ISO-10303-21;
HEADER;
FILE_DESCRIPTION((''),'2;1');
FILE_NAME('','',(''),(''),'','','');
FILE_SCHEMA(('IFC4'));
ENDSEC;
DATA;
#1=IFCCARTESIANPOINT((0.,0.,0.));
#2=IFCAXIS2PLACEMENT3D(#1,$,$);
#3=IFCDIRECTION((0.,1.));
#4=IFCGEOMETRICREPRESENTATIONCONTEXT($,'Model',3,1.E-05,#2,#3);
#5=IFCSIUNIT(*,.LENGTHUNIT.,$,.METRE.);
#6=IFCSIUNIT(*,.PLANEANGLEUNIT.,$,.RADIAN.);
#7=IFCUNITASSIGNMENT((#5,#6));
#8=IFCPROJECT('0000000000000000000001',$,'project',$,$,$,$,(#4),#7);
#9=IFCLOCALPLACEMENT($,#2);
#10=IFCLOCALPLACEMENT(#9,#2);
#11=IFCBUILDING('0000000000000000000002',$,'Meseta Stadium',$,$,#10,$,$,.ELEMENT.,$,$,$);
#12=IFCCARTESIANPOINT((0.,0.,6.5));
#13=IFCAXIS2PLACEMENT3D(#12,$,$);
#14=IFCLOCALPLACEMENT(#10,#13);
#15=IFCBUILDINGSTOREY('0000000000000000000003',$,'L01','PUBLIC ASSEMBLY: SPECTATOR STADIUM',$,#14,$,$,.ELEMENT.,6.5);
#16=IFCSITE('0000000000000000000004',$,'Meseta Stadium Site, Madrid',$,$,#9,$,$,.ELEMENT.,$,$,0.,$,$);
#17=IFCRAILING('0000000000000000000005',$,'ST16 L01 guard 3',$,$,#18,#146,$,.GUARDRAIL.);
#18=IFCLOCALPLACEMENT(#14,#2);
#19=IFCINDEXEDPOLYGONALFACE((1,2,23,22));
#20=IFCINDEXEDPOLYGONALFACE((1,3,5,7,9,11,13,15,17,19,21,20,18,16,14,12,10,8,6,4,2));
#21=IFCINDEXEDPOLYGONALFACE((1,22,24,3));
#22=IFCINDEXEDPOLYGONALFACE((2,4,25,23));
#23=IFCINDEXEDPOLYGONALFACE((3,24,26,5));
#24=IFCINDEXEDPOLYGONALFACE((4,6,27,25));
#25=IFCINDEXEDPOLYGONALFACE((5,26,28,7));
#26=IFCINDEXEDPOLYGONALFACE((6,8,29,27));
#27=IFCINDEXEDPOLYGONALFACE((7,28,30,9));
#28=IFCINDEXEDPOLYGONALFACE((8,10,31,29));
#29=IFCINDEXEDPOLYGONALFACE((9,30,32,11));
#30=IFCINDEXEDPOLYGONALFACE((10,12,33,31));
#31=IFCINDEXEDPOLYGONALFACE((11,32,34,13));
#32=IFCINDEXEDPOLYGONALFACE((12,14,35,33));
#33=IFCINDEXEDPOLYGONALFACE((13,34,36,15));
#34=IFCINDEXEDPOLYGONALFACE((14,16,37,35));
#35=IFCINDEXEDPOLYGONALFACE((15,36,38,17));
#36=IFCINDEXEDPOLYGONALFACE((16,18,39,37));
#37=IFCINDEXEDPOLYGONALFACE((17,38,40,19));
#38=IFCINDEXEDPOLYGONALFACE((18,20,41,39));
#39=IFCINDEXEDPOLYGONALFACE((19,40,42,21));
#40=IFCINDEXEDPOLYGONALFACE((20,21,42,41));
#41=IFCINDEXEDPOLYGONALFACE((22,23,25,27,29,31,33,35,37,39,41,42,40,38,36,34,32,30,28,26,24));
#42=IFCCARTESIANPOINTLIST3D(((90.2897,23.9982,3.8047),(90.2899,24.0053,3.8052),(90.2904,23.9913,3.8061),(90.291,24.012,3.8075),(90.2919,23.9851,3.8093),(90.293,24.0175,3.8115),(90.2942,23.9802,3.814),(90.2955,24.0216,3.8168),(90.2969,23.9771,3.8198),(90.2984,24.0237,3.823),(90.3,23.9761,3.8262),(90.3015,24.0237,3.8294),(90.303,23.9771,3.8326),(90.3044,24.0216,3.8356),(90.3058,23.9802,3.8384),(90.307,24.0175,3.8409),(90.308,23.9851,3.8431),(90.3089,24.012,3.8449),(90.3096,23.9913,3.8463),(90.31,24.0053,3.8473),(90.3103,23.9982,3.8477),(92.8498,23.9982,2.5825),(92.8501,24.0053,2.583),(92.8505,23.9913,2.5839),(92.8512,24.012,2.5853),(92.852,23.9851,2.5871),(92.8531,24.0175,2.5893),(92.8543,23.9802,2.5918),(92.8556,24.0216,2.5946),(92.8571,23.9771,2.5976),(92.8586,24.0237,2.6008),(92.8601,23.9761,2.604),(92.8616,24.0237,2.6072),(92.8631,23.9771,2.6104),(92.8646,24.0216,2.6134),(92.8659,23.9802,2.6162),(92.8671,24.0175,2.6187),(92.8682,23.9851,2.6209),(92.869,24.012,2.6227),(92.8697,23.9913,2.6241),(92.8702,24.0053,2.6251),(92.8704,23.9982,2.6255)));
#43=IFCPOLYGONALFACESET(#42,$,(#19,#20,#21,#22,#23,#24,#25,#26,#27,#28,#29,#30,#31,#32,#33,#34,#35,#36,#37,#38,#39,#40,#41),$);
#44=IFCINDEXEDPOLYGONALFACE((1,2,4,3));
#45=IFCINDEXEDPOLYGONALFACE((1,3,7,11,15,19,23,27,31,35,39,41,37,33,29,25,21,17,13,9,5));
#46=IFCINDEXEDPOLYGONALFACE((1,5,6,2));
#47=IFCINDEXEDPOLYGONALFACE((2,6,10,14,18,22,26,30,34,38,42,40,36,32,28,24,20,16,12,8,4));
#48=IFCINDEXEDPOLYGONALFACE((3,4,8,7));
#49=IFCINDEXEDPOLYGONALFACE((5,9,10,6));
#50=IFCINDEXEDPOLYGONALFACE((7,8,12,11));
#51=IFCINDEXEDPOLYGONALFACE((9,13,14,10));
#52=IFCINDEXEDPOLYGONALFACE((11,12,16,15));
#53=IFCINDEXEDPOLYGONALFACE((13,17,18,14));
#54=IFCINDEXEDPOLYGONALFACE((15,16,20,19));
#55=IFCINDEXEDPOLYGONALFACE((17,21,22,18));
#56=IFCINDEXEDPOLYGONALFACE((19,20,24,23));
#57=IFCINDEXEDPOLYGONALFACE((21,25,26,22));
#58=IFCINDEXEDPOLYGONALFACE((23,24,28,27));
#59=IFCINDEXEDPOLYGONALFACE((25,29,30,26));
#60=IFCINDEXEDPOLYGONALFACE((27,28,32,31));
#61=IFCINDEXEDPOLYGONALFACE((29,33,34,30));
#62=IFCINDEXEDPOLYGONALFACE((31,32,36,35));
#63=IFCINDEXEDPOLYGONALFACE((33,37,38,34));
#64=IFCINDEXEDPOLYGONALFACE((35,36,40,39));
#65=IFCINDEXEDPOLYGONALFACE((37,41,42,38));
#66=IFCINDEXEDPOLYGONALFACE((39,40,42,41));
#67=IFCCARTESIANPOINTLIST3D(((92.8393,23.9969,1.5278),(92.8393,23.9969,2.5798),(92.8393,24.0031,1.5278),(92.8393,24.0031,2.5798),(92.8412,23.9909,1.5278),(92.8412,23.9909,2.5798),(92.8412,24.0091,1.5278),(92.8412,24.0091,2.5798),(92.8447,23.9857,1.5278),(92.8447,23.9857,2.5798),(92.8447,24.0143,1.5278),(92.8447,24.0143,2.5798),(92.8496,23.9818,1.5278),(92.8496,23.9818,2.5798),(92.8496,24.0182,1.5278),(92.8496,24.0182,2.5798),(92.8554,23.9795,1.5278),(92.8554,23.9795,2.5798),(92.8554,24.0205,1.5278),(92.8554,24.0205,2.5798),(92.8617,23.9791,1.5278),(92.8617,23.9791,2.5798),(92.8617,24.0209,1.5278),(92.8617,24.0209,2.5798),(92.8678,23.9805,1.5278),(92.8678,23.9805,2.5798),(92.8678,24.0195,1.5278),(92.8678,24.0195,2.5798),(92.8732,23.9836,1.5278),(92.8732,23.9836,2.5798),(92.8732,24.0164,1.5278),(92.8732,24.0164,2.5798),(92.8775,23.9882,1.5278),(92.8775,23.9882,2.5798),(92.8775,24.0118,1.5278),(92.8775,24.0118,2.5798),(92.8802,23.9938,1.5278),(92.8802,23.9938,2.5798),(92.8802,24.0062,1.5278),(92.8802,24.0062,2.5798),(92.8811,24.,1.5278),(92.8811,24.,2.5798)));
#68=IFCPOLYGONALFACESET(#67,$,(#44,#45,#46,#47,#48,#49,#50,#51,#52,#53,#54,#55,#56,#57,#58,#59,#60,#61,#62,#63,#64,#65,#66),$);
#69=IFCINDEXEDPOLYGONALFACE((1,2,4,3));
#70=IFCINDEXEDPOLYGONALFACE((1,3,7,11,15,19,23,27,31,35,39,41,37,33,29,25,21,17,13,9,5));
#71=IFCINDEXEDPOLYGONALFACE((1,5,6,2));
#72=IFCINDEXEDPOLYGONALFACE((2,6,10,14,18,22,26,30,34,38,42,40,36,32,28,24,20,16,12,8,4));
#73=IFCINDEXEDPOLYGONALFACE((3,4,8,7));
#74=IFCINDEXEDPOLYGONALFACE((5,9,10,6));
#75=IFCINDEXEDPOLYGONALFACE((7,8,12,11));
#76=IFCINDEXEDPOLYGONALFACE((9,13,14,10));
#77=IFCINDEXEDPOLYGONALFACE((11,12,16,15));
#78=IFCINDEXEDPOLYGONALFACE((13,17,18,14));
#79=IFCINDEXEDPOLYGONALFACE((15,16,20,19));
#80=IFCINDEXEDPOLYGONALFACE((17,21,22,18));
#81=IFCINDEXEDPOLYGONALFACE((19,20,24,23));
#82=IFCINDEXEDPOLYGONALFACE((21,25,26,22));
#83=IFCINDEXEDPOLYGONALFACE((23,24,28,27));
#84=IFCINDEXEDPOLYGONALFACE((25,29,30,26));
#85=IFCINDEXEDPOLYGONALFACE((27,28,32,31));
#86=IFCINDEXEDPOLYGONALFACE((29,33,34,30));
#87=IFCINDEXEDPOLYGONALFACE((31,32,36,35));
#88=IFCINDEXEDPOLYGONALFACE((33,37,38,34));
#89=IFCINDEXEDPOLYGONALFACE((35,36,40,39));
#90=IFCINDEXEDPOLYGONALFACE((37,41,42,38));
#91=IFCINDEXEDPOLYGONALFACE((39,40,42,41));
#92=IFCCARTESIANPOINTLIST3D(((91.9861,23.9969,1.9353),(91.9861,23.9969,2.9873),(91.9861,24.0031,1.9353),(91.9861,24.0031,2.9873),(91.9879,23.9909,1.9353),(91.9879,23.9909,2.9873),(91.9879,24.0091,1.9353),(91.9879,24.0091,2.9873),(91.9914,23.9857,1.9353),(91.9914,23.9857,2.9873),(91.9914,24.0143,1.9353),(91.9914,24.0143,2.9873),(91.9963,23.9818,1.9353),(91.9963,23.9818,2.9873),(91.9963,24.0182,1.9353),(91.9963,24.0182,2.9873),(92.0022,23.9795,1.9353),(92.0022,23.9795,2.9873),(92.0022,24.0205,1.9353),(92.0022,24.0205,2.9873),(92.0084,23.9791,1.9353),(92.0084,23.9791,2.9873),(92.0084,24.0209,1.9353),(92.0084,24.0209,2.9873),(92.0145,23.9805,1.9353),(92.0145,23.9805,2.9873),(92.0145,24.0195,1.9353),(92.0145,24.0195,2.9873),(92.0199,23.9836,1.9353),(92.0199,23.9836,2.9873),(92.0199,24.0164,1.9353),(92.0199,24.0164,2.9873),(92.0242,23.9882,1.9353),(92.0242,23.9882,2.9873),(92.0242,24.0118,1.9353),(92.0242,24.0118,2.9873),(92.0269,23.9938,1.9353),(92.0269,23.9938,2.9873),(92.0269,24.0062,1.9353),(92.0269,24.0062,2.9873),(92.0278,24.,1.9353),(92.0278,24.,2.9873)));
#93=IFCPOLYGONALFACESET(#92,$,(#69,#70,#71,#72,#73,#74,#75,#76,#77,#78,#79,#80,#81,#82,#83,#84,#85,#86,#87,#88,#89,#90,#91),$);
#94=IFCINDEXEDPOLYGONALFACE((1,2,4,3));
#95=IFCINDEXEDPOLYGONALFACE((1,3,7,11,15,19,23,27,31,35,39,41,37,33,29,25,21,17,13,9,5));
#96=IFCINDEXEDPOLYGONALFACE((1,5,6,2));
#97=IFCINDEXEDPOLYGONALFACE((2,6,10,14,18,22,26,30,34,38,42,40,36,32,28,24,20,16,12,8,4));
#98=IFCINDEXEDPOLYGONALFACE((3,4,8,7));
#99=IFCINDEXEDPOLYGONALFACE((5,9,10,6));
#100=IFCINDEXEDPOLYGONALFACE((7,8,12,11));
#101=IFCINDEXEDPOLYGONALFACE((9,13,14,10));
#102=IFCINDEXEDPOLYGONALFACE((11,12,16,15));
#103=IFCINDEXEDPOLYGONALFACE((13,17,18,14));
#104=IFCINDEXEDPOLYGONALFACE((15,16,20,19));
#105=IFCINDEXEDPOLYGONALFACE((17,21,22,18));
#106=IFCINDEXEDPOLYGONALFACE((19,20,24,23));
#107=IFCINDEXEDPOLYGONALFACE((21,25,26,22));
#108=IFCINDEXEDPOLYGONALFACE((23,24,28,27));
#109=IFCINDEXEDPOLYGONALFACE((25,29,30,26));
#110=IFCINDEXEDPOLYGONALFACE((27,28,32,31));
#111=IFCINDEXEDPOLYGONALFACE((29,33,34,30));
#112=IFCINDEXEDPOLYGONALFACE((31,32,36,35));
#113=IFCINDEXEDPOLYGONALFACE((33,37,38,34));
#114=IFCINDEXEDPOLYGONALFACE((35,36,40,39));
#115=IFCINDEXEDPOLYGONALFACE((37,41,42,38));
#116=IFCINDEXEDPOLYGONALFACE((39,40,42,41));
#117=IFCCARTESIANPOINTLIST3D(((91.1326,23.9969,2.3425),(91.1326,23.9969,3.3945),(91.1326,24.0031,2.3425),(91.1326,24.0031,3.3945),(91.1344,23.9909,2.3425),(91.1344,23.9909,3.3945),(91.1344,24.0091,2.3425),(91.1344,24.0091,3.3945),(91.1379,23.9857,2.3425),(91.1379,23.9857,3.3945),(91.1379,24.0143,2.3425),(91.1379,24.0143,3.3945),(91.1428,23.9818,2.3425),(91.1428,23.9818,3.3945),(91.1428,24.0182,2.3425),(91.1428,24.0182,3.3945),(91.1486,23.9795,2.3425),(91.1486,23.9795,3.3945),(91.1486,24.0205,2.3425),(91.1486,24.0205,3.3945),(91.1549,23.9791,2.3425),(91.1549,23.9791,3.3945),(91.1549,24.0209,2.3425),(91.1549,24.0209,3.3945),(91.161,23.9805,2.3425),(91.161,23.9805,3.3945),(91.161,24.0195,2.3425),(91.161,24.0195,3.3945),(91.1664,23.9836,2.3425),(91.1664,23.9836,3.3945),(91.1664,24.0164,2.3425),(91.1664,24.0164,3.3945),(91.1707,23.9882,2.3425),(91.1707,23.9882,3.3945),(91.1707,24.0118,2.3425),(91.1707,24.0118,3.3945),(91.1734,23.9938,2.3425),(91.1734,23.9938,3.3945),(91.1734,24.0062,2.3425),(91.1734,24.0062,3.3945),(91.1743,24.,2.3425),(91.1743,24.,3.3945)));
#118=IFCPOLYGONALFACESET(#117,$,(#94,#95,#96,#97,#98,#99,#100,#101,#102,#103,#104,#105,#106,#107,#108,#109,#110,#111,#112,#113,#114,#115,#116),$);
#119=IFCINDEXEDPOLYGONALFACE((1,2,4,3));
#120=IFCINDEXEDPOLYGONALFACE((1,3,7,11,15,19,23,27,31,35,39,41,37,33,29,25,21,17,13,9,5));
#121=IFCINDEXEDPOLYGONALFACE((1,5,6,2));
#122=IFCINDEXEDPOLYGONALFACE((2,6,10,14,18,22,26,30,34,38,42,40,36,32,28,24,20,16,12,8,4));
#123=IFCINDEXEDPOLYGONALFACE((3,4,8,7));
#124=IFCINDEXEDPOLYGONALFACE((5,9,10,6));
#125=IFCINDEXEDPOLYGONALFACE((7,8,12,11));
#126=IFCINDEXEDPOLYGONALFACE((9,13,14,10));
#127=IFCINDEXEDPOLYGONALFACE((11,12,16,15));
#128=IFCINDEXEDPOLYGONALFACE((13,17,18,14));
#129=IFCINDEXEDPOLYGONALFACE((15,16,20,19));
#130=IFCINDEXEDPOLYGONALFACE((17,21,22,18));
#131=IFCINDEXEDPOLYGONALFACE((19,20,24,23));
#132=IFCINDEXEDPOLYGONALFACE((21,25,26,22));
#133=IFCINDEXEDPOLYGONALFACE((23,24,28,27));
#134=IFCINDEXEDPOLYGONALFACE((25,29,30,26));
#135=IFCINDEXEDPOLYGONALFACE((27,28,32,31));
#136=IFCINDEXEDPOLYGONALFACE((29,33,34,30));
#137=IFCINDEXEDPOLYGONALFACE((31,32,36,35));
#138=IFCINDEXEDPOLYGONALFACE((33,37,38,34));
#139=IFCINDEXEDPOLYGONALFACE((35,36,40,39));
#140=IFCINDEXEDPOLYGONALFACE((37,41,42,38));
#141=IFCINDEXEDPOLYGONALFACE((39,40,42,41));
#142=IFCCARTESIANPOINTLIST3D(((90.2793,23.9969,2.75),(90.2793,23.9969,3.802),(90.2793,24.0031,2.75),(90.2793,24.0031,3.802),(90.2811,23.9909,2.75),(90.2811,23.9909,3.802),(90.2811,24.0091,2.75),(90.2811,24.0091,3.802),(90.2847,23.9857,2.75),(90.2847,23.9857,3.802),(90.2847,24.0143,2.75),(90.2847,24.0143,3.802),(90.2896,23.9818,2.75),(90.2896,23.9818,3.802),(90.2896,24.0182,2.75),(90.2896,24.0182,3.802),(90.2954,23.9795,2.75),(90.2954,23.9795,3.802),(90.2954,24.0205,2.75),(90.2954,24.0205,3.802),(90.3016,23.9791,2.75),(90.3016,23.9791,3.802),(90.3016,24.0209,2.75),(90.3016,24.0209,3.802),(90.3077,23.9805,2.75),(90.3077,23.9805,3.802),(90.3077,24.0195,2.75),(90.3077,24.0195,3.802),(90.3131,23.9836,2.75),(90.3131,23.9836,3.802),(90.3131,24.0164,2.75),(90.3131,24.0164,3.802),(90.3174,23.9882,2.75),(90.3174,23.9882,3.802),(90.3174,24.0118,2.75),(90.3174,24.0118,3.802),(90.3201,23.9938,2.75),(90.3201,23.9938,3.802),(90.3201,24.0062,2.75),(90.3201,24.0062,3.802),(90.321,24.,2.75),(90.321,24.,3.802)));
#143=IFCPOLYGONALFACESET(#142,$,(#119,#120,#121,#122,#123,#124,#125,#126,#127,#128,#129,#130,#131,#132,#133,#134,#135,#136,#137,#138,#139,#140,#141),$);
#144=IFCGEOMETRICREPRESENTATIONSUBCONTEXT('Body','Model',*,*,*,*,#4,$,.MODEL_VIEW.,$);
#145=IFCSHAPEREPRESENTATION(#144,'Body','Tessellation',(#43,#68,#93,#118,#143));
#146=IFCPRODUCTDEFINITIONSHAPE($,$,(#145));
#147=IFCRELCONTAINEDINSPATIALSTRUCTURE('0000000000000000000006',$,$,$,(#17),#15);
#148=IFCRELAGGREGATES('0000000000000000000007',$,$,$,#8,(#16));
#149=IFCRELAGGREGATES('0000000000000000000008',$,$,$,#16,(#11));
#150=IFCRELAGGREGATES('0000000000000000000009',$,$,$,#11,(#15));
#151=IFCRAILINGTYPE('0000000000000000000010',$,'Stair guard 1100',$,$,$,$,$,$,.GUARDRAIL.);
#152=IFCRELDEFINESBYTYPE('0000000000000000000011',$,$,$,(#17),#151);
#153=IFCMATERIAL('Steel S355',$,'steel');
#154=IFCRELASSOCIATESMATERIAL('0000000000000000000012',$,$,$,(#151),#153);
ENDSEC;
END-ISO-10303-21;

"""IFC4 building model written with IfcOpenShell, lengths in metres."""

from ifc_helpers import new_model, si_unit, direction, frame, origin, origin_2d, place, context, subcontext, project, spatial, circle, extrude, material, type_object, element, save


model = new_model("IFC4")

# Units and contexts
model_context = context("Model", 3, precision=1e-05, world=origin(), true_north=direction((0.0, 1.0)))
body_context = subcontext(model_context, "Body", "Model", "MODEL_VIEW")
ifc_project = project(units=[si_unit("LENGTHUNIT", "METRE"), si_unit("PLANEANGLEUNIT", "RADIAN")], contexts=[model_context])

# Site, building, storey
site_placement = place(None, origin())
site = spatial("IfcSite", under=ifc_project, at=site_placement, Name="Meseta Stadium Site, Madrid", CompositionType="ELEMENT", RefElevation=0.0)
building_placement = place(site_placement, origin())
building = spatial("IfcBuilding", under=site, at=building_placement, Name="Meseta Stadium", CompositionType="ELEMENT")
storey_placement = place(building_placement, frame((0.0, 0.0, 6.5)))
storey = spatial("IfcBuildingStorey", under=building, at=storey_placement, Name="L01", Description="PUBLIC ASSEMBLY: SPECTATOR STADIUM", CompositionType="ELEMENT", Elevation=6.5)

# Railing
ifc_material_1 = material(Name="Steel S355", Category="steel")
railing_type_1 = type_object("IfcRailingType", Name="Stair guard 1100", PredefinedType="GUARDRAIL", material=ifc_material_1)
railing_1_placement = place(storey_placement, frame((92.8601, 24.0, 1.5278)))
element("IfcRailing", 1, at=railing_1_placement, inside=storey, type_object=railing_type_1, Name="ST16 L01 guard 3", PredefinedType="GUARDRAIL", context=body_context, shape_type="SweptSolid", body=[
    extrude(circle(Radius=0.0239, at=origin_2d()), frame((0.0, 0.0, 1.0762), z_axis=(-0.902437, 0.0, 0.430822), x_axis=(0.0, -1.0, 0.0)), (0.0, 0.0, 1.0), 2.8369),
    extrude(circle(Radius=0.021, at=origin_2d()), origin(), (0.0, 0.0, 1.0), 1.052),
    extrude(circle(Radius=0.021, at=origin_2d()), frame((-0.8533, 0.0, 0.4075)), (0.0, 0.0, 1.0), 1.052),
    extrude(circle(Radius=0.021, at=origin_2d()), frame((-1.7068, 0.0, 0.8147)), (0.0, 0.0, 1.0), 1.052),
    extrude(circle(Radius=0.021, at=origin_2d()), frame((-2.5601, 0.0, 1.2222)), (0.0, 0.0, 1.0), 1.052),
])

save(model, "model.ifc")
